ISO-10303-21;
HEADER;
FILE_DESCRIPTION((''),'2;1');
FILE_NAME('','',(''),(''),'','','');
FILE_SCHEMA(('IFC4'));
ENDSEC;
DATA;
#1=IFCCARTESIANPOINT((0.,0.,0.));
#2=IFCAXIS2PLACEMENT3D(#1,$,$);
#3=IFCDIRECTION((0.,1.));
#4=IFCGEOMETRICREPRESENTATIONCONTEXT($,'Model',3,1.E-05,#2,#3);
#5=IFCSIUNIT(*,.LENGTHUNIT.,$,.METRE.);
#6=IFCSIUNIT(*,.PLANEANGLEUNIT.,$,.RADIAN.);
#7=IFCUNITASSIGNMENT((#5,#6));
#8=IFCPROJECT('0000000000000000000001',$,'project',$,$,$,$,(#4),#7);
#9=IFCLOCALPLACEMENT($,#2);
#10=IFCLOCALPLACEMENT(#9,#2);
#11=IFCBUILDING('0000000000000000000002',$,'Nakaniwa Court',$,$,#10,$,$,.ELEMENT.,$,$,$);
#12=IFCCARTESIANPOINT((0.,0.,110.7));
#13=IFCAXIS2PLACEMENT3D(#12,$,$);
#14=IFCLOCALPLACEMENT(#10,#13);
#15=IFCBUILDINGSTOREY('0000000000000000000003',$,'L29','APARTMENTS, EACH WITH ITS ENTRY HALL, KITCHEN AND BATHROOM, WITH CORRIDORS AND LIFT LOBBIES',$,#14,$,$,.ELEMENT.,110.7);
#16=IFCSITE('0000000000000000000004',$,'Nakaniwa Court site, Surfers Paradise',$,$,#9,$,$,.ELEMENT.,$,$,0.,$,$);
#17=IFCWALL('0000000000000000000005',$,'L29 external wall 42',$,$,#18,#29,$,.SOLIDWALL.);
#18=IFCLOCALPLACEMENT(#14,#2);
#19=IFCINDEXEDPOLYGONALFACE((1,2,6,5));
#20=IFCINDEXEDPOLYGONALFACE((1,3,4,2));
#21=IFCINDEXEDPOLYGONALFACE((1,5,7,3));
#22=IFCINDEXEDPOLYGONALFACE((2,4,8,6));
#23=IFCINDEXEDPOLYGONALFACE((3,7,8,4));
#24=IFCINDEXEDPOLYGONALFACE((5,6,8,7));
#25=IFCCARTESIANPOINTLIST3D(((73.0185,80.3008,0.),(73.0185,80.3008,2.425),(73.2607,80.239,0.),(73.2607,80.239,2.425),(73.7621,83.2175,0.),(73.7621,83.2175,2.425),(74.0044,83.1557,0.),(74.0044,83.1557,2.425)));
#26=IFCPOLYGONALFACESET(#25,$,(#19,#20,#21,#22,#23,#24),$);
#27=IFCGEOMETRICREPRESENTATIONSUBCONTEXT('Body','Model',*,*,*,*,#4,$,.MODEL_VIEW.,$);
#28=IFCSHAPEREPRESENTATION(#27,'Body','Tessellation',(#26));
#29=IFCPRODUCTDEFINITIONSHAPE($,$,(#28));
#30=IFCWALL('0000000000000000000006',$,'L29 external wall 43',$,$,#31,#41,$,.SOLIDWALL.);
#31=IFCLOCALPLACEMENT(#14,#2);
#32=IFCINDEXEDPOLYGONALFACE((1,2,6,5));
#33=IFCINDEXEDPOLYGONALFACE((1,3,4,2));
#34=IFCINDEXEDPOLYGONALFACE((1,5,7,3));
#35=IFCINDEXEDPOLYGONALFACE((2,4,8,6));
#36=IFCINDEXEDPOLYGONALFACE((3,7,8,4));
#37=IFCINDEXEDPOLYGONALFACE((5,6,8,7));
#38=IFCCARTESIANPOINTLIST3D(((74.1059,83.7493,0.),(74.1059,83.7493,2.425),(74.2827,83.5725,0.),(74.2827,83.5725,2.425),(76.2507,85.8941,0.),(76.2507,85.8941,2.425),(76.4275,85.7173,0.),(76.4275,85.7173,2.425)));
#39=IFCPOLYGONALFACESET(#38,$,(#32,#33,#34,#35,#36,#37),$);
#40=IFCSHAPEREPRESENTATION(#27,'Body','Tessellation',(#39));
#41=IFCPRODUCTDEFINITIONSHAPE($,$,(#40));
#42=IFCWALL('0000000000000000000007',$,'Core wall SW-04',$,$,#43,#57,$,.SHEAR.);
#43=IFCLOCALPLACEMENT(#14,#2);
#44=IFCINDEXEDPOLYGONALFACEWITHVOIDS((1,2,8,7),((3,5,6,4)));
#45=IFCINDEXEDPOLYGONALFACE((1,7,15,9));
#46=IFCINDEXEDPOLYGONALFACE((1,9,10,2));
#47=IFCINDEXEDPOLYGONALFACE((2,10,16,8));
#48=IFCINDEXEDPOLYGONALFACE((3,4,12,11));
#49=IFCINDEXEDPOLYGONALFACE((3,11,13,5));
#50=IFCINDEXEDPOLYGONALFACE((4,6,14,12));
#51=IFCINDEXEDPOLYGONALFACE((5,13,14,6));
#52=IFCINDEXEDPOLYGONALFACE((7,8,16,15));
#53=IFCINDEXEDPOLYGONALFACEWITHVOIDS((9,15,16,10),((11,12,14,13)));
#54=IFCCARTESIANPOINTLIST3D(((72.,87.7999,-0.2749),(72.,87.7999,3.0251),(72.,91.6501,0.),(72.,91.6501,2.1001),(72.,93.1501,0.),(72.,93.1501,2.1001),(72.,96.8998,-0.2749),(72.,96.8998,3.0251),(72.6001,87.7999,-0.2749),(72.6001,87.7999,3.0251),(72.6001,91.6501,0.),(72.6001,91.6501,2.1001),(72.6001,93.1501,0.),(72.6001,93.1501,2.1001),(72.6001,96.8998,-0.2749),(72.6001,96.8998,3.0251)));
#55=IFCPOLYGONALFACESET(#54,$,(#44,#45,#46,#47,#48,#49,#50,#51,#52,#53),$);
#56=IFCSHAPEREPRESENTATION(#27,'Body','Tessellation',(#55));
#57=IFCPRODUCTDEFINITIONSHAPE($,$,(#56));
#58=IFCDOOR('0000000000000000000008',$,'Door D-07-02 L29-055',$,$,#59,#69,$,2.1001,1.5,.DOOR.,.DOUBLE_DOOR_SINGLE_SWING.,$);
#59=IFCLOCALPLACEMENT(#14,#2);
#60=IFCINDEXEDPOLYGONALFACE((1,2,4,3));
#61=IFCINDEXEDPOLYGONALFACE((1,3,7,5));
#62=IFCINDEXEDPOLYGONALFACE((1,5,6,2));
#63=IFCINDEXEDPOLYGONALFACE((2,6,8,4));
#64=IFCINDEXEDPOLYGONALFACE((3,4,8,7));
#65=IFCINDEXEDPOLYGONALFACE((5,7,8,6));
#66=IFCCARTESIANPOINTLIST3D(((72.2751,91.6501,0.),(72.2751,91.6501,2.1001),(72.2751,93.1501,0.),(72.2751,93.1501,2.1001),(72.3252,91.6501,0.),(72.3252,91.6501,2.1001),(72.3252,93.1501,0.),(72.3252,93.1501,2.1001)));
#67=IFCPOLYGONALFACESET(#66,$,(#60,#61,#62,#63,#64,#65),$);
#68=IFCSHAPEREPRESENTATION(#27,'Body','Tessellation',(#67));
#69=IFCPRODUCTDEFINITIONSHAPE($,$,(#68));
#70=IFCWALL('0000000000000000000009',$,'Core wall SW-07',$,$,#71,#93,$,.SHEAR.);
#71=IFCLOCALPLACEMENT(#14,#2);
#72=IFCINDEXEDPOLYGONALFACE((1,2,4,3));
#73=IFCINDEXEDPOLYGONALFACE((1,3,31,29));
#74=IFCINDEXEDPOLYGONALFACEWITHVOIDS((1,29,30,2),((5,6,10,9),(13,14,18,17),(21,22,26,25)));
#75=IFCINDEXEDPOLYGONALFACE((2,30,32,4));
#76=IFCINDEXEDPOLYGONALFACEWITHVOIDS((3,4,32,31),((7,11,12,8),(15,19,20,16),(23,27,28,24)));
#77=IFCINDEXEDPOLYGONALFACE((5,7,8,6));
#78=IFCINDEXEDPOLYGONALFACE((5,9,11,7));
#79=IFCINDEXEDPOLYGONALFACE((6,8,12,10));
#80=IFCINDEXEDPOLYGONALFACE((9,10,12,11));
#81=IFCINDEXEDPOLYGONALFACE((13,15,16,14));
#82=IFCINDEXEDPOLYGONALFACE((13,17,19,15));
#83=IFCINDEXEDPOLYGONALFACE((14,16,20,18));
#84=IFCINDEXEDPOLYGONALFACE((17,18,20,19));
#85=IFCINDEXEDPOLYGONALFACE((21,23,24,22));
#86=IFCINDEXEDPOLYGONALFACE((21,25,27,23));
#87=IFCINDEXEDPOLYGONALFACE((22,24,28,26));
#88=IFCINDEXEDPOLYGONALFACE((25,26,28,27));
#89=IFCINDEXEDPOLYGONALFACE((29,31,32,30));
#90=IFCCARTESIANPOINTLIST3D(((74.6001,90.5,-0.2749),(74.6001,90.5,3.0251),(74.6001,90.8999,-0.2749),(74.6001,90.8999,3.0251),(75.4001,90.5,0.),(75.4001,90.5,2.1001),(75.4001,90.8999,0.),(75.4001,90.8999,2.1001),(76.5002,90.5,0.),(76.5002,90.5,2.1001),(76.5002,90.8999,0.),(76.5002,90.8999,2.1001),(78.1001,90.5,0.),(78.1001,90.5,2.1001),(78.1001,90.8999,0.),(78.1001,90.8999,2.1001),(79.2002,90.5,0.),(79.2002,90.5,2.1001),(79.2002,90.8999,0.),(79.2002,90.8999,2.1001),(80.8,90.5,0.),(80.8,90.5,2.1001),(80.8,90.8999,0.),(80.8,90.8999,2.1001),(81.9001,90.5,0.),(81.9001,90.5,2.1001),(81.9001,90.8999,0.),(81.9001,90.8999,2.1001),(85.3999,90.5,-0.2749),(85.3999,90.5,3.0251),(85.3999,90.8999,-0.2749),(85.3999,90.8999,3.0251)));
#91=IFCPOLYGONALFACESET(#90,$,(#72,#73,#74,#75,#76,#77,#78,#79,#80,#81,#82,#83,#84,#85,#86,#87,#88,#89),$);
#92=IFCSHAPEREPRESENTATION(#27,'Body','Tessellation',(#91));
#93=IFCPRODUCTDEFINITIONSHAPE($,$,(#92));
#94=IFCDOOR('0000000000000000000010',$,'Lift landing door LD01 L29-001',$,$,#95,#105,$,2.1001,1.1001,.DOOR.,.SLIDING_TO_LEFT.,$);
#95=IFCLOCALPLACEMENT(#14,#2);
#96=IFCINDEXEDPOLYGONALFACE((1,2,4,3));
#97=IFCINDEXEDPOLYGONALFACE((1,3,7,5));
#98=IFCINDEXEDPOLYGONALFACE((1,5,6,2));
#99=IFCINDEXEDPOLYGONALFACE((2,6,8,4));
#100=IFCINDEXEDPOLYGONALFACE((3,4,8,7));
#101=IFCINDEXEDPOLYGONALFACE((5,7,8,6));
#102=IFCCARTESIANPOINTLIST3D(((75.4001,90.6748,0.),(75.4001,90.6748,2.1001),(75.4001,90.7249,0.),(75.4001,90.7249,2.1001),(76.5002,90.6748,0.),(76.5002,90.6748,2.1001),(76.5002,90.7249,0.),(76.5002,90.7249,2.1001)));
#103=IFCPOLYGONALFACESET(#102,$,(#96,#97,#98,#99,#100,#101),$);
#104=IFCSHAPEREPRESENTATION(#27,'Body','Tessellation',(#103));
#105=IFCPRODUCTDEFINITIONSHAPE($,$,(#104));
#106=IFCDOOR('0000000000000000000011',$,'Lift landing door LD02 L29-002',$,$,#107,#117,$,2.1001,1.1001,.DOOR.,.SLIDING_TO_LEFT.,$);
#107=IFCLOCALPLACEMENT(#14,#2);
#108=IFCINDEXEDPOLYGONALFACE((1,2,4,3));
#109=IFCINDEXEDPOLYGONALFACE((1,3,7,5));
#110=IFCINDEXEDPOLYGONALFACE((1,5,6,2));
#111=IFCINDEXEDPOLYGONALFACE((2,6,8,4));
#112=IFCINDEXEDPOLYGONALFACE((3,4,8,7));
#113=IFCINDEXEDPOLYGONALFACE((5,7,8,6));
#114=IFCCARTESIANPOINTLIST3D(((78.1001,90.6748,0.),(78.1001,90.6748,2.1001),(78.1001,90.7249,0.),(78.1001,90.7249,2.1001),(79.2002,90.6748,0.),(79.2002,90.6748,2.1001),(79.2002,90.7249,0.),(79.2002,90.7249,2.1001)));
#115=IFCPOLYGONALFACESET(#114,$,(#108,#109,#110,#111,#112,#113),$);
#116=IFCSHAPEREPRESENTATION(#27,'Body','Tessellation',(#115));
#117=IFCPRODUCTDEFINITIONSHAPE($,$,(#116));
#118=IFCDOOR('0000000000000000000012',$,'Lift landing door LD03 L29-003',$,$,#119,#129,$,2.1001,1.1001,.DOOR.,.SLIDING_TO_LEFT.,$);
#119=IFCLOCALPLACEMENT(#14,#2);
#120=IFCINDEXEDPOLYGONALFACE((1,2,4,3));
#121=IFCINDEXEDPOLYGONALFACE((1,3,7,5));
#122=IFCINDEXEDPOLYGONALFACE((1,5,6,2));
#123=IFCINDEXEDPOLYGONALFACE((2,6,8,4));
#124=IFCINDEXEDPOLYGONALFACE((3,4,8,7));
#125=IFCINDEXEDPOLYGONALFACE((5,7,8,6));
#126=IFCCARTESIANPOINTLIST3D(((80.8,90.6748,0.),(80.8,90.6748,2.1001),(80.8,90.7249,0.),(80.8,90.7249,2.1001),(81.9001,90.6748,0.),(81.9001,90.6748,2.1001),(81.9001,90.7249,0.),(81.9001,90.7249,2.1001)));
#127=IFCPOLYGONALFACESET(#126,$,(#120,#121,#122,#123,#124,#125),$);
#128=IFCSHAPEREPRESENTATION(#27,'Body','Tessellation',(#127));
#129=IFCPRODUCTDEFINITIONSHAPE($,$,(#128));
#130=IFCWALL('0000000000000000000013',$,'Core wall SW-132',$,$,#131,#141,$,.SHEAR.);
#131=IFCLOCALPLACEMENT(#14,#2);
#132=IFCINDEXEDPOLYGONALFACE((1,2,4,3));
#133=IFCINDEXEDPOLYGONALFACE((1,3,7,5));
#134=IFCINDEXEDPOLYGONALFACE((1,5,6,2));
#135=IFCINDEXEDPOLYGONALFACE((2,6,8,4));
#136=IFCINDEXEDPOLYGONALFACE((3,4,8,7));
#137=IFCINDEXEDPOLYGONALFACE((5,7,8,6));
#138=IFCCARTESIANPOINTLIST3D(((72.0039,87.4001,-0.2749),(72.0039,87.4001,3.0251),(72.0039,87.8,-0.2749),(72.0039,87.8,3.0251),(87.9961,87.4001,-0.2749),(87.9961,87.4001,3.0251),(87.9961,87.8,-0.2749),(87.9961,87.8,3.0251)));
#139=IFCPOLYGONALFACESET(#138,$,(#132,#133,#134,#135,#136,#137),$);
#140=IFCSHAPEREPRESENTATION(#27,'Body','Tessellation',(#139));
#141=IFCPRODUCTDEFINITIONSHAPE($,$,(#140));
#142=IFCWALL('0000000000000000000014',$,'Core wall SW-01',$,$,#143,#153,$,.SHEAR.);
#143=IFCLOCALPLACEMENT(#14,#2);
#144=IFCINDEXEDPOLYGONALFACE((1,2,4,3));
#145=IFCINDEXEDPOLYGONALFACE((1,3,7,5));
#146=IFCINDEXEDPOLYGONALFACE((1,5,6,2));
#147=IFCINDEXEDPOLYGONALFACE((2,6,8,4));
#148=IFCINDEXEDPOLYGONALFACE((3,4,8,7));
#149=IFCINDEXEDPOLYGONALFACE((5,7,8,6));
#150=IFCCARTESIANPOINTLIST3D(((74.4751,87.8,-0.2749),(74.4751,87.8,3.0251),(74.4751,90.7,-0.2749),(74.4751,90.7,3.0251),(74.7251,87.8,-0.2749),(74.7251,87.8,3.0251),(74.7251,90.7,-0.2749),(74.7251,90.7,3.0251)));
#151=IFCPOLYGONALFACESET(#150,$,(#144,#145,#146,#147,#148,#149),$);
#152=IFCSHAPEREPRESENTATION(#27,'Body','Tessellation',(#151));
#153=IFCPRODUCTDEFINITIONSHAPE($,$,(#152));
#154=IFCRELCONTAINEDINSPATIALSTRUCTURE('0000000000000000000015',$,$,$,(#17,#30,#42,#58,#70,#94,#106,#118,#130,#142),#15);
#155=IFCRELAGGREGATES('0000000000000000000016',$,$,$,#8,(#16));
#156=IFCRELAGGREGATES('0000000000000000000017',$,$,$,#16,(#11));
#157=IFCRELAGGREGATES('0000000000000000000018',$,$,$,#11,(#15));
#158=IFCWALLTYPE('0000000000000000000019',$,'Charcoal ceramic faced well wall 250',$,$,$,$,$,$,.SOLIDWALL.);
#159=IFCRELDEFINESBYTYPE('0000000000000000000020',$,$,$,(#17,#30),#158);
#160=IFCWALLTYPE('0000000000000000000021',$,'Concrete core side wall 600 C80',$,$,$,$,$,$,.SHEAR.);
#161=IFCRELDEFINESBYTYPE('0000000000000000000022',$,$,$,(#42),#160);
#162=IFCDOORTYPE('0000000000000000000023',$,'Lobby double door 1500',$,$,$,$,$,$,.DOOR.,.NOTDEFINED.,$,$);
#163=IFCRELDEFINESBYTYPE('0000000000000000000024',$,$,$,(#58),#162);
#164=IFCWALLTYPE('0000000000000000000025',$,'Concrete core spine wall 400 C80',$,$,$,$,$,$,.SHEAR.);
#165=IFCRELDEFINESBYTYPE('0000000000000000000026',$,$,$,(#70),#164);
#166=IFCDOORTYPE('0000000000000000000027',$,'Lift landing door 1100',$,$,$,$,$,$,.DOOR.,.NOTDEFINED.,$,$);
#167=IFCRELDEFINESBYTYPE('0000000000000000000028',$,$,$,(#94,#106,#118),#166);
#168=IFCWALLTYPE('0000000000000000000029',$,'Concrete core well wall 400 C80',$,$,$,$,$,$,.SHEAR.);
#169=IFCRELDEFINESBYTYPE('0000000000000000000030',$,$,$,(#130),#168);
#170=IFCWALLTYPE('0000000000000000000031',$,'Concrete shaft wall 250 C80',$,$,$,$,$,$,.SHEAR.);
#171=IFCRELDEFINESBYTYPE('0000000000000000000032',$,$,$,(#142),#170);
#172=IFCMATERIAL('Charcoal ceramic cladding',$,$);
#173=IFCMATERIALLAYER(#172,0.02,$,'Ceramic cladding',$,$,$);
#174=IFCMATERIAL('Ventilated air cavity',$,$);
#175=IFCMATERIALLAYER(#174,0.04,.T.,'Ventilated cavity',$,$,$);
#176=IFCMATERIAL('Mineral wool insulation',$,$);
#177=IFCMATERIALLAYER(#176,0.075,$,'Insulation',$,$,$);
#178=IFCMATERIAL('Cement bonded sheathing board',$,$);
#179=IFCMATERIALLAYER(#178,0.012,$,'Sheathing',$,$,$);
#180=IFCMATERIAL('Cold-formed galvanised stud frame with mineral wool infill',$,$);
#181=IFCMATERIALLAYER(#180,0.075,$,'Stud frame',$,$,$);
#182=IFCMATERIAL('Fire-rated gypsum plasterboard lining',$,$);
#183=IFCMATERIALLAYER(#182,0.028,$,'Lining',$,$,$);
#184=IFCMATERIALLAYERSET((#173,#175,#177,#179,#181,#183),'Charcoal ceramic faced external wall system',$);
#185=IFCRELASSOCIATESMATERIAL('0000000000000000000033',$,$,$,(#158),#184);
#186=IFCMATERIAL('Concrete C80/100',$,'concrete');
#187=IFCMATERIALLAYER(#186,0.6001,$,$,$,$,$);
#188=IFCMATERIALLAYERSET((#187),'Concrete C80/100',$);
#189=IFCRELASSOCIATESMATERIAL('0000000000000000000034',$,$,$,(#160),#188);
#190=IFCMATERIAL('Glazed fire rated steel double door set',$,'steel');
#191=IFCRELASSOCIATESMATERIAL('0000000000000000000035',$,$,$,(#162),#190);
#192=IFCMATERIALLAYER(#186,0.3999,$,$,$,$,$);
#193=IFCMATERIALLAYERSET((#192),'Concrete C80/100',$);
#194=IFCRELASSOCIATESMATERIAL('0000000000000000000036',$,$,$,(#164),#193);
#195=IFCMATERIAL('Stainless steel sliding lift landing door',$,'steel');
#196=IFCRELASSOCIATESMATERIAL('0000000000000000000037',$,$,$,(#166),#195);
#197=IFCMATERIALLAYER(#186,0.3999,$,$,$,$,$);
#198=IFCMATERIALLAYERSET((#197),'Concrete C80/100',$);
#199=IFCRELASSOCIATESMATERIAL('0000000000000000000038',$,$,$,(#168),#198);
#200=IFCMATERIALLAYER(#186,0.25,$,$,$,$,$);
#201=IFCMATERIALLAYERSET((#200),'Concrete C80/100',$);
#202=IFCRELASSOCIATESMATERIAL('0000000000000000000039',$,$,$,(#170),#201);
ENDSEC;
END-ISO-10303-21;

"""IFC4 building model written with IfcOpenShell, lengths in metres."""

from ifc_helpers import new_model, si_unit, direction, frame, frame_2d, origin, place, context, subcontext, project, spatial, rectangle, extrude, material, layer, layer_set, type_object, element, fill, save


model = new_model("IFC4")

# Units and contexts
model_context = context("Model", 3, precision=1e-05, world=origin(), true_north=direction((0.0, 1.0)))
body_context = subcontext(model_context, "Body", "Model", "MODEL_VIEW")
ifc_project = project(units=[si_unit("LENGTHUNIT", "METRE"), si_unit("PLANEANGLEUNIT", "RADIAN")], contexts=[model_context])

# Site, building, storey
site_placement = place(None, origin())
site = spatial("IfcSite", under=ifc_project, at=site_placement, Name="Nakaniwa Court site, Surfers Paradise", CompositionType="ELEMENT", RefElevation=0.0)
building_placement = place(site_placement, origin())
building = spatial("IfcBuilding", under=site, at=building_placement, Name="Nakaniwa Court", CompositionType="ELEMENT")
storey_placement = place(building_placement, frame((0.0, 0.0, 110.7)))
storey = spatial("IfcBuildingStorey", under=building, at=storey_placement, Name="L29", Description="APARTMENTS, EACH WITH ITS ENTRY HALL, KITCHEN AND BATHROOM, WITH CORRIDORS AND LIFT LOBBIES", CompositionType="ELEMENT", Elevation=110.7)

# Shared definitions
ifc_material_1 = material(Name="Concrete C80/100", Category="concrete")

# Walls
ifc_material_2 = material(Name="Charcoal ceramic cladding")
ifc_layer_1 = layer(ifc_material_2, 0.02, Name="Ceramic cladding")
ifc_material_3 = material(Name="Ventilated air cavity")
ifc_layer_2 = layer(ifc_material_3, 0.04, ventilated=True, Name="Ventilated cavity")
ifc_material_4 = material(Name="Mineral wool insulation")
ifc_layer_3 = layer(ifc_material_4, 0.075, Name="Insulation")
ifc_material_5 = material(Name="Cement bonded sheathing board")
ifc_layer_4 = layer(ifc_material_5, 0.012, Name="Sheathing")
ifc_material_6 = material(Name="Cold-formed galvanised stud frame with mineral wool infill")
ifc_layer_5 = layer(ifc_material_6, 0.075, Name="Stud frame")
ifc_material_7 = material(Name="Fire-rated gypsum plasterboard lining")
ifc_layer_6 = layer(ifc_material_7, 0.028, Name="Lining")
ifc_layer_set_1 = layer_set([ifc_layer_1, ifc_layer_2, ifc_layer_3, ifc_layer_4, ifc_layer_5, ifc_layer_6], Name="Charcoal ceramic faced external wall system")
wall_type_1 = type_object("IfcWallType", Name="Charcoal ceramic faced well wall 250", PredefinedType="SOLIDWALL", material=ifc_layer_set_1)
wall_1_placement = place(storey_placement, frame((73.1396, 80.27, 0.0), z_axis=(0.0, 0.0, 1.0), x_axis=(0.247056, 0.969001, 0.0)))
element("IfcWall", 1, at=wall_1_placement, inside=storey, type_object=wall_type_1, Name="L29 external wall 42", PredefinedType="SOLIDWALL", context=body_context, shape_type="SweptSolid", body=[
    extrude(rectangle(XDim=3.01, YDim=0.25, at=frame_2d((1.5049, 0.0))), origin(), (0.0, 0.0, 1.0), 2.425),
])
wall_2_placement = place(storey_placement, frame((74.1943, 83.6609, 0.0), z_axis=(0.0, 0.0, 1.0), x_axis=(0.707107, 0.707107, 0.0)))
element("IfcWall", 2, at=wall_2_placement, inside=storey, type_object=wall_type_1, Name="L29 external wall 43", PredefinedType="SOLIDWALL", context=body_context, shape_type="SweptSolid", body=[
    extrude(rectangle(XDim=3.0332, YDim=0.25, at=frame_2d((1.5166, 0.0))), origin(), (0.0, 0.0, 1.0), 2.425),
])

# Wall, opening, door
ifc_layer_7 = layer(ifc_material_1, 0.6001)
ifc_layer_set_2 = layer_set([ifc_layer_7], Name="Concrete C80/100")
wall_type_2 = type_object("IfcWallType", Name="Concrete core side wall 600 C80", PredefinedType="SHEAR", material=ifc_layer_set_2)
wall_3_placement = place(storey_placement, frame((72.3, 87.8, -0.2749), z_axis=(0.0, 0.0, 1.0), x_axis=(0.0, 1.0, 0.0)))
wall_3 = element("IfcWall", 3, at=wall_3_placement, inside=storey, type_object=wall_type_2, Name="Core wall SW-04", PredefinedType="SHEAR", context=body_context, shape_type="SweptSolid", body=[
    extrude(rectangle(XDim=9.0999, YDim=0.6001, at=frame_2d((4.5498, 0.0))), origin(), (0.0, 0.0, 1.0), 3.3),
])
opening_1_placement = place(wall_3_placement, frame((3.8501, 0.0, 0.2749)))
opening_1 = element("IfcOpeningElement", 4, at=opening_1_placement, cuts=wall_3, PredefinedType="OPENING", context=body_context, shape_type="SweptSolid", body=[
    extrude(rectangle(XDim=1.5, YDim=2.1001, at=frame_2d((0.75, 1.05))), frame((0.0, 0.3101, 0.0), z_axis=(0.0, -1.0, 0.0), x_axis=(1.0, 0.0, 0.0)), (0.0, 0.0, 1.0), 0.6201),
])
ifc_material_8 = material(Name="Glazed fire rated steel double door set", Category="steel")
door_type_1 = type_object("IfcDoorType", Name="Lobby double door 1500", OperationType="NOTDEFINED", PredefinedType="DOOR", material=ifc_material_8)
door_1_placement = place(opening_1_placement, origin())
door_1 = element("IfcDoor", 5, at=door_1_placement, inside=storey, type_object=door_type_1, Name="Door D-07-02 L29-055", OperationType="DOUBLE_DOOR_SINGLE_SWING", OverallHeight=2.1001, OverallWidth=1.5, PredefinedType="DOOR", context=body_context, shape_type="SweptSolid", body=[
    extrude(rectangle(XDim=1.5, YDim=2.1001, at=frame_2d((0.75, 1.05))), frame((0.0, 0.0249, 0.0), z_axis=(0.0, -1.0, 0.0), x_axis=(1.0, 0.0, 0.0)), (0.0, 0.0, 1.0), 0.05),
])
fill(opening_1, door_1)

# Wall, openings, doors
ifc_layer_8 = layer(ifc_material_1, 0.3999)
ifc_layer_set_3 = layer_set([ifc_layer_8], Name="Concrete C80/100")
wall_type_3 = type_object("IfcWallType", Name="Concrete core spine wall 400 C80", PredefinedType="SHEAR", material=ifc_layer_set_3)
wall_4_placement = place(storey_placement, frame((74.6001, 90.7, -0.2749), z_axis=(0.0, 0.0, 1.0), x_axis=(1.0, 0.0, 0.0)))
wall_4 = element("IfcWall", 6, at=wall_4_placement, inside=storey, type_object=wall_type_3, Name="Core wall SW-07", PredefinedType="SHEAR", context=body_context, shape_type="SweptSolid", body=[
    extrude(rectangle(XDim=10.7998, YDim=0.3999, at=frame_2d((5.3999, 0.0))), origin(), (0.0, 0.0, 1.0), 3.3),
])
opening_2_placement = place(wall_4_placement, frame((0.8, 0.0, 0.2749)))
opening_2 = element("IfcOpeningElement", 7, at=opening_2_placement, cuts=wall_4, PredefinedType="OPENING", context=body_context, shape_type="SweptSolid", body=[
    extrude(rectangle(XDim=1.1001, YDim=2.1001, at=frame_2d((0.55, 1.05))), frame((0.0, 0.21, 0.0), z_axis=(0.0, -1.0, 0.0), x_axis=(1.0, 0.0, 0.0)), (0.0, 0.0, 1.0), 0.4199),
])
opening_3_placement = place(wall_4_placement, frame((3.5, 0.0, 0.2749)))
opening_3 = element("IfcOpeningElement", 8, at=opening_3_placement, cuts=wall_4, PredefinedType="OPENING", context=body_context, shape_type="SweptSolid", body=[
    extrude(rectangle(XDim=1.1001, YDim=2.1001, at=frame_2d((0.55, 1.05))), frame((0.0, 0.21, 0.0), z_axis=(0.0, -1.0, 0.0), x_axis=(1.0, 0.0, 0.0)), (0.0, 0.0, 1.0), 0.4199),
])
opening_4_placement = place(wall_4_placement, frame((6.2, 0.0, 0.2749)))
opening_4 = element("IfcOpeningElement", 9, at=opening_4_placement, cuts=wall_4, PredefinedType="OPENING", context=body_context, shape_type="SweptSolid", body=[
    extrude(rectangle(XDim=1.1001, YDim=2.1001, at=frame_2d((0.55, 1.05))), frame((0.0, 0.21, 0.0), z_axis=(0.0, -1.0, 0.0), x_axis=(1.0, 0.0, 0.0)), (0.0, 0.0, 1.0), 0.4199),
])
ifc_material_9 = material(Name="Stainless steel sliding lift landing door", Category="steel")
door_type_2 = type_object("IfcDoorType", Name="Lift landing door 1100", OperationType="NOTDEFINED", PredefinedType="DOOR", material=ifc_material_9)
door_2_placement = place(opening_2_placement, origin())
door_2 = element("IfcDoor", 10, at=door_2_placement, inside=storey, type_object=door_type_2, Name="Lift landing door LD01 L29-001", OperationType="SLIDING_TO_LEFT", OverallHeight=2.1001, OverallWidth=1.1001, PredefinedType="DOOR", context=body_context, shape_type="SweptSolid", body=[
    extrude(rectangle(XDim=1.1001, YDim=2.1001, at=frame_2d((0.55, 1.05))), frame((0.0, 0.0249, 0.0), z_axis=(0.0, -1.0, 0.0), x_axis=(1.0, 0.0, 0.0)), (0.0, 0.0, 1.0), 0.05),
])
fill(opening_2, door_2)
door_3_placement = place(opening_3_placement, origin())
door_3 = element("IfcDoor", 11, at=door_3_placement, inside=storey, type_object=door_type_2, Name="Lift landing door LD02 L29-002", OperationType="SLIDING_TO_LEFT", OverallHeight=2.1001, OverallWidth=1.1001, PredefinedType="DOOR", context=body_context, shape_type="SweptSolid", body=[
    extrude(rectangle(XDim=1.1001, YDim=2.1001, at=frame_2d((0.55, 1.05))), frame((0.0, 0.0249, 0.0), z_axis=(0.0, -1.0, 0.0), x_axis=(1.0, 0.0, 0.0)), (0.0, 0.0, 1.0), 0.05),
])
fill(opening_3, door_3)
door_4_placement = place(opening_4_placement, origin())
door_4 = element("IfcDoor", 12, at=door_4_placement, inside=storey, type_object=door_type_2, Name="Lift landing door LD03 L29-003", OperationType="SLIDING_TO_LEFT", OverallHeight=2.1001, OverallWidth=1.1001, PredefinedType="DOOR", context=body_context, shape_type="SweptSolid", body=[
    extrude(rectangle(XDim=1.1001, YDim=2.1001, at=frame_2d((0.55, 1.05))), frame((0.0, 0.0249, 0.0), z_axis=(0.0, -1.0, 0.0), x_axis=(1.0, 0.0, 0.0)), (0.0, 0.0, 1.0), 0.05),
])
fill(opening_4, door_4)

# Walls
ifc_layer_9 = layer(ifc_material_1, 0.3999)
ifc_layer_set_4 = layer_set([ifc_layer_9], Name="Concrete C80/100")
wall_type_4 = type_object("IfcWallType", Name="Concrete core well wall 400 C80", PredefinedType="SHEAR", material=ifc_layer_set_4)
wall_5_placement = place(storey_placement, frame((72.0039, 87.6001, -0.2749), z_axis=(0.0, 0.0, 1.0), x_axis=(1.0, 0.0, 0.0)))
element("IfcWall", 13, at=wall_5_placement, inside=storey, type_object=wall_type_4, Name="Core wall SW-132", PredefinedType="SHEAR", context=body_context, shape_type="SweptSolid", body=[
    extrude(rectangle(XDim=15.9922, YDim=0.3999, at=frame_2d((7.9961, 0.0))), origin(), (0.0, 0.0, 1.0), 3.3),
])
ifc_layer_10 = layer(ifc_material_1, 0.25)
ifc_layer_set_5 = layer_set([ifc_layer_10], Name="Concrete C80/100")
wall_type_5 = type_object("IfcWallType", Name="Concrete shaft wall 250 C80", PredefinedType="SHEAR", material=ifc_layer_set_5)
wall_6_placement = place(storey_placement, frame((74.6001, 87.8, -0.2749), z_axis=(0.0, 0.0, 1.0), x_axis=(0.0, 1.0, 0.0)))
element("IfcWall", 14, at=wall_6_placement, inside=storey, type_object=wall_type_5, Name="Core wall SW-01", PredefinedType="SHEAR", context=body_context, shape_type="SweptSolid", body=[
    extrude(rectangle(XDim=2.8999, YDim=0.25, at=frame_2d((1.45, 0.0))), origin(), (0.0, 0.0, 1.0), 3.3),
])

save(model, "model.ifc")
